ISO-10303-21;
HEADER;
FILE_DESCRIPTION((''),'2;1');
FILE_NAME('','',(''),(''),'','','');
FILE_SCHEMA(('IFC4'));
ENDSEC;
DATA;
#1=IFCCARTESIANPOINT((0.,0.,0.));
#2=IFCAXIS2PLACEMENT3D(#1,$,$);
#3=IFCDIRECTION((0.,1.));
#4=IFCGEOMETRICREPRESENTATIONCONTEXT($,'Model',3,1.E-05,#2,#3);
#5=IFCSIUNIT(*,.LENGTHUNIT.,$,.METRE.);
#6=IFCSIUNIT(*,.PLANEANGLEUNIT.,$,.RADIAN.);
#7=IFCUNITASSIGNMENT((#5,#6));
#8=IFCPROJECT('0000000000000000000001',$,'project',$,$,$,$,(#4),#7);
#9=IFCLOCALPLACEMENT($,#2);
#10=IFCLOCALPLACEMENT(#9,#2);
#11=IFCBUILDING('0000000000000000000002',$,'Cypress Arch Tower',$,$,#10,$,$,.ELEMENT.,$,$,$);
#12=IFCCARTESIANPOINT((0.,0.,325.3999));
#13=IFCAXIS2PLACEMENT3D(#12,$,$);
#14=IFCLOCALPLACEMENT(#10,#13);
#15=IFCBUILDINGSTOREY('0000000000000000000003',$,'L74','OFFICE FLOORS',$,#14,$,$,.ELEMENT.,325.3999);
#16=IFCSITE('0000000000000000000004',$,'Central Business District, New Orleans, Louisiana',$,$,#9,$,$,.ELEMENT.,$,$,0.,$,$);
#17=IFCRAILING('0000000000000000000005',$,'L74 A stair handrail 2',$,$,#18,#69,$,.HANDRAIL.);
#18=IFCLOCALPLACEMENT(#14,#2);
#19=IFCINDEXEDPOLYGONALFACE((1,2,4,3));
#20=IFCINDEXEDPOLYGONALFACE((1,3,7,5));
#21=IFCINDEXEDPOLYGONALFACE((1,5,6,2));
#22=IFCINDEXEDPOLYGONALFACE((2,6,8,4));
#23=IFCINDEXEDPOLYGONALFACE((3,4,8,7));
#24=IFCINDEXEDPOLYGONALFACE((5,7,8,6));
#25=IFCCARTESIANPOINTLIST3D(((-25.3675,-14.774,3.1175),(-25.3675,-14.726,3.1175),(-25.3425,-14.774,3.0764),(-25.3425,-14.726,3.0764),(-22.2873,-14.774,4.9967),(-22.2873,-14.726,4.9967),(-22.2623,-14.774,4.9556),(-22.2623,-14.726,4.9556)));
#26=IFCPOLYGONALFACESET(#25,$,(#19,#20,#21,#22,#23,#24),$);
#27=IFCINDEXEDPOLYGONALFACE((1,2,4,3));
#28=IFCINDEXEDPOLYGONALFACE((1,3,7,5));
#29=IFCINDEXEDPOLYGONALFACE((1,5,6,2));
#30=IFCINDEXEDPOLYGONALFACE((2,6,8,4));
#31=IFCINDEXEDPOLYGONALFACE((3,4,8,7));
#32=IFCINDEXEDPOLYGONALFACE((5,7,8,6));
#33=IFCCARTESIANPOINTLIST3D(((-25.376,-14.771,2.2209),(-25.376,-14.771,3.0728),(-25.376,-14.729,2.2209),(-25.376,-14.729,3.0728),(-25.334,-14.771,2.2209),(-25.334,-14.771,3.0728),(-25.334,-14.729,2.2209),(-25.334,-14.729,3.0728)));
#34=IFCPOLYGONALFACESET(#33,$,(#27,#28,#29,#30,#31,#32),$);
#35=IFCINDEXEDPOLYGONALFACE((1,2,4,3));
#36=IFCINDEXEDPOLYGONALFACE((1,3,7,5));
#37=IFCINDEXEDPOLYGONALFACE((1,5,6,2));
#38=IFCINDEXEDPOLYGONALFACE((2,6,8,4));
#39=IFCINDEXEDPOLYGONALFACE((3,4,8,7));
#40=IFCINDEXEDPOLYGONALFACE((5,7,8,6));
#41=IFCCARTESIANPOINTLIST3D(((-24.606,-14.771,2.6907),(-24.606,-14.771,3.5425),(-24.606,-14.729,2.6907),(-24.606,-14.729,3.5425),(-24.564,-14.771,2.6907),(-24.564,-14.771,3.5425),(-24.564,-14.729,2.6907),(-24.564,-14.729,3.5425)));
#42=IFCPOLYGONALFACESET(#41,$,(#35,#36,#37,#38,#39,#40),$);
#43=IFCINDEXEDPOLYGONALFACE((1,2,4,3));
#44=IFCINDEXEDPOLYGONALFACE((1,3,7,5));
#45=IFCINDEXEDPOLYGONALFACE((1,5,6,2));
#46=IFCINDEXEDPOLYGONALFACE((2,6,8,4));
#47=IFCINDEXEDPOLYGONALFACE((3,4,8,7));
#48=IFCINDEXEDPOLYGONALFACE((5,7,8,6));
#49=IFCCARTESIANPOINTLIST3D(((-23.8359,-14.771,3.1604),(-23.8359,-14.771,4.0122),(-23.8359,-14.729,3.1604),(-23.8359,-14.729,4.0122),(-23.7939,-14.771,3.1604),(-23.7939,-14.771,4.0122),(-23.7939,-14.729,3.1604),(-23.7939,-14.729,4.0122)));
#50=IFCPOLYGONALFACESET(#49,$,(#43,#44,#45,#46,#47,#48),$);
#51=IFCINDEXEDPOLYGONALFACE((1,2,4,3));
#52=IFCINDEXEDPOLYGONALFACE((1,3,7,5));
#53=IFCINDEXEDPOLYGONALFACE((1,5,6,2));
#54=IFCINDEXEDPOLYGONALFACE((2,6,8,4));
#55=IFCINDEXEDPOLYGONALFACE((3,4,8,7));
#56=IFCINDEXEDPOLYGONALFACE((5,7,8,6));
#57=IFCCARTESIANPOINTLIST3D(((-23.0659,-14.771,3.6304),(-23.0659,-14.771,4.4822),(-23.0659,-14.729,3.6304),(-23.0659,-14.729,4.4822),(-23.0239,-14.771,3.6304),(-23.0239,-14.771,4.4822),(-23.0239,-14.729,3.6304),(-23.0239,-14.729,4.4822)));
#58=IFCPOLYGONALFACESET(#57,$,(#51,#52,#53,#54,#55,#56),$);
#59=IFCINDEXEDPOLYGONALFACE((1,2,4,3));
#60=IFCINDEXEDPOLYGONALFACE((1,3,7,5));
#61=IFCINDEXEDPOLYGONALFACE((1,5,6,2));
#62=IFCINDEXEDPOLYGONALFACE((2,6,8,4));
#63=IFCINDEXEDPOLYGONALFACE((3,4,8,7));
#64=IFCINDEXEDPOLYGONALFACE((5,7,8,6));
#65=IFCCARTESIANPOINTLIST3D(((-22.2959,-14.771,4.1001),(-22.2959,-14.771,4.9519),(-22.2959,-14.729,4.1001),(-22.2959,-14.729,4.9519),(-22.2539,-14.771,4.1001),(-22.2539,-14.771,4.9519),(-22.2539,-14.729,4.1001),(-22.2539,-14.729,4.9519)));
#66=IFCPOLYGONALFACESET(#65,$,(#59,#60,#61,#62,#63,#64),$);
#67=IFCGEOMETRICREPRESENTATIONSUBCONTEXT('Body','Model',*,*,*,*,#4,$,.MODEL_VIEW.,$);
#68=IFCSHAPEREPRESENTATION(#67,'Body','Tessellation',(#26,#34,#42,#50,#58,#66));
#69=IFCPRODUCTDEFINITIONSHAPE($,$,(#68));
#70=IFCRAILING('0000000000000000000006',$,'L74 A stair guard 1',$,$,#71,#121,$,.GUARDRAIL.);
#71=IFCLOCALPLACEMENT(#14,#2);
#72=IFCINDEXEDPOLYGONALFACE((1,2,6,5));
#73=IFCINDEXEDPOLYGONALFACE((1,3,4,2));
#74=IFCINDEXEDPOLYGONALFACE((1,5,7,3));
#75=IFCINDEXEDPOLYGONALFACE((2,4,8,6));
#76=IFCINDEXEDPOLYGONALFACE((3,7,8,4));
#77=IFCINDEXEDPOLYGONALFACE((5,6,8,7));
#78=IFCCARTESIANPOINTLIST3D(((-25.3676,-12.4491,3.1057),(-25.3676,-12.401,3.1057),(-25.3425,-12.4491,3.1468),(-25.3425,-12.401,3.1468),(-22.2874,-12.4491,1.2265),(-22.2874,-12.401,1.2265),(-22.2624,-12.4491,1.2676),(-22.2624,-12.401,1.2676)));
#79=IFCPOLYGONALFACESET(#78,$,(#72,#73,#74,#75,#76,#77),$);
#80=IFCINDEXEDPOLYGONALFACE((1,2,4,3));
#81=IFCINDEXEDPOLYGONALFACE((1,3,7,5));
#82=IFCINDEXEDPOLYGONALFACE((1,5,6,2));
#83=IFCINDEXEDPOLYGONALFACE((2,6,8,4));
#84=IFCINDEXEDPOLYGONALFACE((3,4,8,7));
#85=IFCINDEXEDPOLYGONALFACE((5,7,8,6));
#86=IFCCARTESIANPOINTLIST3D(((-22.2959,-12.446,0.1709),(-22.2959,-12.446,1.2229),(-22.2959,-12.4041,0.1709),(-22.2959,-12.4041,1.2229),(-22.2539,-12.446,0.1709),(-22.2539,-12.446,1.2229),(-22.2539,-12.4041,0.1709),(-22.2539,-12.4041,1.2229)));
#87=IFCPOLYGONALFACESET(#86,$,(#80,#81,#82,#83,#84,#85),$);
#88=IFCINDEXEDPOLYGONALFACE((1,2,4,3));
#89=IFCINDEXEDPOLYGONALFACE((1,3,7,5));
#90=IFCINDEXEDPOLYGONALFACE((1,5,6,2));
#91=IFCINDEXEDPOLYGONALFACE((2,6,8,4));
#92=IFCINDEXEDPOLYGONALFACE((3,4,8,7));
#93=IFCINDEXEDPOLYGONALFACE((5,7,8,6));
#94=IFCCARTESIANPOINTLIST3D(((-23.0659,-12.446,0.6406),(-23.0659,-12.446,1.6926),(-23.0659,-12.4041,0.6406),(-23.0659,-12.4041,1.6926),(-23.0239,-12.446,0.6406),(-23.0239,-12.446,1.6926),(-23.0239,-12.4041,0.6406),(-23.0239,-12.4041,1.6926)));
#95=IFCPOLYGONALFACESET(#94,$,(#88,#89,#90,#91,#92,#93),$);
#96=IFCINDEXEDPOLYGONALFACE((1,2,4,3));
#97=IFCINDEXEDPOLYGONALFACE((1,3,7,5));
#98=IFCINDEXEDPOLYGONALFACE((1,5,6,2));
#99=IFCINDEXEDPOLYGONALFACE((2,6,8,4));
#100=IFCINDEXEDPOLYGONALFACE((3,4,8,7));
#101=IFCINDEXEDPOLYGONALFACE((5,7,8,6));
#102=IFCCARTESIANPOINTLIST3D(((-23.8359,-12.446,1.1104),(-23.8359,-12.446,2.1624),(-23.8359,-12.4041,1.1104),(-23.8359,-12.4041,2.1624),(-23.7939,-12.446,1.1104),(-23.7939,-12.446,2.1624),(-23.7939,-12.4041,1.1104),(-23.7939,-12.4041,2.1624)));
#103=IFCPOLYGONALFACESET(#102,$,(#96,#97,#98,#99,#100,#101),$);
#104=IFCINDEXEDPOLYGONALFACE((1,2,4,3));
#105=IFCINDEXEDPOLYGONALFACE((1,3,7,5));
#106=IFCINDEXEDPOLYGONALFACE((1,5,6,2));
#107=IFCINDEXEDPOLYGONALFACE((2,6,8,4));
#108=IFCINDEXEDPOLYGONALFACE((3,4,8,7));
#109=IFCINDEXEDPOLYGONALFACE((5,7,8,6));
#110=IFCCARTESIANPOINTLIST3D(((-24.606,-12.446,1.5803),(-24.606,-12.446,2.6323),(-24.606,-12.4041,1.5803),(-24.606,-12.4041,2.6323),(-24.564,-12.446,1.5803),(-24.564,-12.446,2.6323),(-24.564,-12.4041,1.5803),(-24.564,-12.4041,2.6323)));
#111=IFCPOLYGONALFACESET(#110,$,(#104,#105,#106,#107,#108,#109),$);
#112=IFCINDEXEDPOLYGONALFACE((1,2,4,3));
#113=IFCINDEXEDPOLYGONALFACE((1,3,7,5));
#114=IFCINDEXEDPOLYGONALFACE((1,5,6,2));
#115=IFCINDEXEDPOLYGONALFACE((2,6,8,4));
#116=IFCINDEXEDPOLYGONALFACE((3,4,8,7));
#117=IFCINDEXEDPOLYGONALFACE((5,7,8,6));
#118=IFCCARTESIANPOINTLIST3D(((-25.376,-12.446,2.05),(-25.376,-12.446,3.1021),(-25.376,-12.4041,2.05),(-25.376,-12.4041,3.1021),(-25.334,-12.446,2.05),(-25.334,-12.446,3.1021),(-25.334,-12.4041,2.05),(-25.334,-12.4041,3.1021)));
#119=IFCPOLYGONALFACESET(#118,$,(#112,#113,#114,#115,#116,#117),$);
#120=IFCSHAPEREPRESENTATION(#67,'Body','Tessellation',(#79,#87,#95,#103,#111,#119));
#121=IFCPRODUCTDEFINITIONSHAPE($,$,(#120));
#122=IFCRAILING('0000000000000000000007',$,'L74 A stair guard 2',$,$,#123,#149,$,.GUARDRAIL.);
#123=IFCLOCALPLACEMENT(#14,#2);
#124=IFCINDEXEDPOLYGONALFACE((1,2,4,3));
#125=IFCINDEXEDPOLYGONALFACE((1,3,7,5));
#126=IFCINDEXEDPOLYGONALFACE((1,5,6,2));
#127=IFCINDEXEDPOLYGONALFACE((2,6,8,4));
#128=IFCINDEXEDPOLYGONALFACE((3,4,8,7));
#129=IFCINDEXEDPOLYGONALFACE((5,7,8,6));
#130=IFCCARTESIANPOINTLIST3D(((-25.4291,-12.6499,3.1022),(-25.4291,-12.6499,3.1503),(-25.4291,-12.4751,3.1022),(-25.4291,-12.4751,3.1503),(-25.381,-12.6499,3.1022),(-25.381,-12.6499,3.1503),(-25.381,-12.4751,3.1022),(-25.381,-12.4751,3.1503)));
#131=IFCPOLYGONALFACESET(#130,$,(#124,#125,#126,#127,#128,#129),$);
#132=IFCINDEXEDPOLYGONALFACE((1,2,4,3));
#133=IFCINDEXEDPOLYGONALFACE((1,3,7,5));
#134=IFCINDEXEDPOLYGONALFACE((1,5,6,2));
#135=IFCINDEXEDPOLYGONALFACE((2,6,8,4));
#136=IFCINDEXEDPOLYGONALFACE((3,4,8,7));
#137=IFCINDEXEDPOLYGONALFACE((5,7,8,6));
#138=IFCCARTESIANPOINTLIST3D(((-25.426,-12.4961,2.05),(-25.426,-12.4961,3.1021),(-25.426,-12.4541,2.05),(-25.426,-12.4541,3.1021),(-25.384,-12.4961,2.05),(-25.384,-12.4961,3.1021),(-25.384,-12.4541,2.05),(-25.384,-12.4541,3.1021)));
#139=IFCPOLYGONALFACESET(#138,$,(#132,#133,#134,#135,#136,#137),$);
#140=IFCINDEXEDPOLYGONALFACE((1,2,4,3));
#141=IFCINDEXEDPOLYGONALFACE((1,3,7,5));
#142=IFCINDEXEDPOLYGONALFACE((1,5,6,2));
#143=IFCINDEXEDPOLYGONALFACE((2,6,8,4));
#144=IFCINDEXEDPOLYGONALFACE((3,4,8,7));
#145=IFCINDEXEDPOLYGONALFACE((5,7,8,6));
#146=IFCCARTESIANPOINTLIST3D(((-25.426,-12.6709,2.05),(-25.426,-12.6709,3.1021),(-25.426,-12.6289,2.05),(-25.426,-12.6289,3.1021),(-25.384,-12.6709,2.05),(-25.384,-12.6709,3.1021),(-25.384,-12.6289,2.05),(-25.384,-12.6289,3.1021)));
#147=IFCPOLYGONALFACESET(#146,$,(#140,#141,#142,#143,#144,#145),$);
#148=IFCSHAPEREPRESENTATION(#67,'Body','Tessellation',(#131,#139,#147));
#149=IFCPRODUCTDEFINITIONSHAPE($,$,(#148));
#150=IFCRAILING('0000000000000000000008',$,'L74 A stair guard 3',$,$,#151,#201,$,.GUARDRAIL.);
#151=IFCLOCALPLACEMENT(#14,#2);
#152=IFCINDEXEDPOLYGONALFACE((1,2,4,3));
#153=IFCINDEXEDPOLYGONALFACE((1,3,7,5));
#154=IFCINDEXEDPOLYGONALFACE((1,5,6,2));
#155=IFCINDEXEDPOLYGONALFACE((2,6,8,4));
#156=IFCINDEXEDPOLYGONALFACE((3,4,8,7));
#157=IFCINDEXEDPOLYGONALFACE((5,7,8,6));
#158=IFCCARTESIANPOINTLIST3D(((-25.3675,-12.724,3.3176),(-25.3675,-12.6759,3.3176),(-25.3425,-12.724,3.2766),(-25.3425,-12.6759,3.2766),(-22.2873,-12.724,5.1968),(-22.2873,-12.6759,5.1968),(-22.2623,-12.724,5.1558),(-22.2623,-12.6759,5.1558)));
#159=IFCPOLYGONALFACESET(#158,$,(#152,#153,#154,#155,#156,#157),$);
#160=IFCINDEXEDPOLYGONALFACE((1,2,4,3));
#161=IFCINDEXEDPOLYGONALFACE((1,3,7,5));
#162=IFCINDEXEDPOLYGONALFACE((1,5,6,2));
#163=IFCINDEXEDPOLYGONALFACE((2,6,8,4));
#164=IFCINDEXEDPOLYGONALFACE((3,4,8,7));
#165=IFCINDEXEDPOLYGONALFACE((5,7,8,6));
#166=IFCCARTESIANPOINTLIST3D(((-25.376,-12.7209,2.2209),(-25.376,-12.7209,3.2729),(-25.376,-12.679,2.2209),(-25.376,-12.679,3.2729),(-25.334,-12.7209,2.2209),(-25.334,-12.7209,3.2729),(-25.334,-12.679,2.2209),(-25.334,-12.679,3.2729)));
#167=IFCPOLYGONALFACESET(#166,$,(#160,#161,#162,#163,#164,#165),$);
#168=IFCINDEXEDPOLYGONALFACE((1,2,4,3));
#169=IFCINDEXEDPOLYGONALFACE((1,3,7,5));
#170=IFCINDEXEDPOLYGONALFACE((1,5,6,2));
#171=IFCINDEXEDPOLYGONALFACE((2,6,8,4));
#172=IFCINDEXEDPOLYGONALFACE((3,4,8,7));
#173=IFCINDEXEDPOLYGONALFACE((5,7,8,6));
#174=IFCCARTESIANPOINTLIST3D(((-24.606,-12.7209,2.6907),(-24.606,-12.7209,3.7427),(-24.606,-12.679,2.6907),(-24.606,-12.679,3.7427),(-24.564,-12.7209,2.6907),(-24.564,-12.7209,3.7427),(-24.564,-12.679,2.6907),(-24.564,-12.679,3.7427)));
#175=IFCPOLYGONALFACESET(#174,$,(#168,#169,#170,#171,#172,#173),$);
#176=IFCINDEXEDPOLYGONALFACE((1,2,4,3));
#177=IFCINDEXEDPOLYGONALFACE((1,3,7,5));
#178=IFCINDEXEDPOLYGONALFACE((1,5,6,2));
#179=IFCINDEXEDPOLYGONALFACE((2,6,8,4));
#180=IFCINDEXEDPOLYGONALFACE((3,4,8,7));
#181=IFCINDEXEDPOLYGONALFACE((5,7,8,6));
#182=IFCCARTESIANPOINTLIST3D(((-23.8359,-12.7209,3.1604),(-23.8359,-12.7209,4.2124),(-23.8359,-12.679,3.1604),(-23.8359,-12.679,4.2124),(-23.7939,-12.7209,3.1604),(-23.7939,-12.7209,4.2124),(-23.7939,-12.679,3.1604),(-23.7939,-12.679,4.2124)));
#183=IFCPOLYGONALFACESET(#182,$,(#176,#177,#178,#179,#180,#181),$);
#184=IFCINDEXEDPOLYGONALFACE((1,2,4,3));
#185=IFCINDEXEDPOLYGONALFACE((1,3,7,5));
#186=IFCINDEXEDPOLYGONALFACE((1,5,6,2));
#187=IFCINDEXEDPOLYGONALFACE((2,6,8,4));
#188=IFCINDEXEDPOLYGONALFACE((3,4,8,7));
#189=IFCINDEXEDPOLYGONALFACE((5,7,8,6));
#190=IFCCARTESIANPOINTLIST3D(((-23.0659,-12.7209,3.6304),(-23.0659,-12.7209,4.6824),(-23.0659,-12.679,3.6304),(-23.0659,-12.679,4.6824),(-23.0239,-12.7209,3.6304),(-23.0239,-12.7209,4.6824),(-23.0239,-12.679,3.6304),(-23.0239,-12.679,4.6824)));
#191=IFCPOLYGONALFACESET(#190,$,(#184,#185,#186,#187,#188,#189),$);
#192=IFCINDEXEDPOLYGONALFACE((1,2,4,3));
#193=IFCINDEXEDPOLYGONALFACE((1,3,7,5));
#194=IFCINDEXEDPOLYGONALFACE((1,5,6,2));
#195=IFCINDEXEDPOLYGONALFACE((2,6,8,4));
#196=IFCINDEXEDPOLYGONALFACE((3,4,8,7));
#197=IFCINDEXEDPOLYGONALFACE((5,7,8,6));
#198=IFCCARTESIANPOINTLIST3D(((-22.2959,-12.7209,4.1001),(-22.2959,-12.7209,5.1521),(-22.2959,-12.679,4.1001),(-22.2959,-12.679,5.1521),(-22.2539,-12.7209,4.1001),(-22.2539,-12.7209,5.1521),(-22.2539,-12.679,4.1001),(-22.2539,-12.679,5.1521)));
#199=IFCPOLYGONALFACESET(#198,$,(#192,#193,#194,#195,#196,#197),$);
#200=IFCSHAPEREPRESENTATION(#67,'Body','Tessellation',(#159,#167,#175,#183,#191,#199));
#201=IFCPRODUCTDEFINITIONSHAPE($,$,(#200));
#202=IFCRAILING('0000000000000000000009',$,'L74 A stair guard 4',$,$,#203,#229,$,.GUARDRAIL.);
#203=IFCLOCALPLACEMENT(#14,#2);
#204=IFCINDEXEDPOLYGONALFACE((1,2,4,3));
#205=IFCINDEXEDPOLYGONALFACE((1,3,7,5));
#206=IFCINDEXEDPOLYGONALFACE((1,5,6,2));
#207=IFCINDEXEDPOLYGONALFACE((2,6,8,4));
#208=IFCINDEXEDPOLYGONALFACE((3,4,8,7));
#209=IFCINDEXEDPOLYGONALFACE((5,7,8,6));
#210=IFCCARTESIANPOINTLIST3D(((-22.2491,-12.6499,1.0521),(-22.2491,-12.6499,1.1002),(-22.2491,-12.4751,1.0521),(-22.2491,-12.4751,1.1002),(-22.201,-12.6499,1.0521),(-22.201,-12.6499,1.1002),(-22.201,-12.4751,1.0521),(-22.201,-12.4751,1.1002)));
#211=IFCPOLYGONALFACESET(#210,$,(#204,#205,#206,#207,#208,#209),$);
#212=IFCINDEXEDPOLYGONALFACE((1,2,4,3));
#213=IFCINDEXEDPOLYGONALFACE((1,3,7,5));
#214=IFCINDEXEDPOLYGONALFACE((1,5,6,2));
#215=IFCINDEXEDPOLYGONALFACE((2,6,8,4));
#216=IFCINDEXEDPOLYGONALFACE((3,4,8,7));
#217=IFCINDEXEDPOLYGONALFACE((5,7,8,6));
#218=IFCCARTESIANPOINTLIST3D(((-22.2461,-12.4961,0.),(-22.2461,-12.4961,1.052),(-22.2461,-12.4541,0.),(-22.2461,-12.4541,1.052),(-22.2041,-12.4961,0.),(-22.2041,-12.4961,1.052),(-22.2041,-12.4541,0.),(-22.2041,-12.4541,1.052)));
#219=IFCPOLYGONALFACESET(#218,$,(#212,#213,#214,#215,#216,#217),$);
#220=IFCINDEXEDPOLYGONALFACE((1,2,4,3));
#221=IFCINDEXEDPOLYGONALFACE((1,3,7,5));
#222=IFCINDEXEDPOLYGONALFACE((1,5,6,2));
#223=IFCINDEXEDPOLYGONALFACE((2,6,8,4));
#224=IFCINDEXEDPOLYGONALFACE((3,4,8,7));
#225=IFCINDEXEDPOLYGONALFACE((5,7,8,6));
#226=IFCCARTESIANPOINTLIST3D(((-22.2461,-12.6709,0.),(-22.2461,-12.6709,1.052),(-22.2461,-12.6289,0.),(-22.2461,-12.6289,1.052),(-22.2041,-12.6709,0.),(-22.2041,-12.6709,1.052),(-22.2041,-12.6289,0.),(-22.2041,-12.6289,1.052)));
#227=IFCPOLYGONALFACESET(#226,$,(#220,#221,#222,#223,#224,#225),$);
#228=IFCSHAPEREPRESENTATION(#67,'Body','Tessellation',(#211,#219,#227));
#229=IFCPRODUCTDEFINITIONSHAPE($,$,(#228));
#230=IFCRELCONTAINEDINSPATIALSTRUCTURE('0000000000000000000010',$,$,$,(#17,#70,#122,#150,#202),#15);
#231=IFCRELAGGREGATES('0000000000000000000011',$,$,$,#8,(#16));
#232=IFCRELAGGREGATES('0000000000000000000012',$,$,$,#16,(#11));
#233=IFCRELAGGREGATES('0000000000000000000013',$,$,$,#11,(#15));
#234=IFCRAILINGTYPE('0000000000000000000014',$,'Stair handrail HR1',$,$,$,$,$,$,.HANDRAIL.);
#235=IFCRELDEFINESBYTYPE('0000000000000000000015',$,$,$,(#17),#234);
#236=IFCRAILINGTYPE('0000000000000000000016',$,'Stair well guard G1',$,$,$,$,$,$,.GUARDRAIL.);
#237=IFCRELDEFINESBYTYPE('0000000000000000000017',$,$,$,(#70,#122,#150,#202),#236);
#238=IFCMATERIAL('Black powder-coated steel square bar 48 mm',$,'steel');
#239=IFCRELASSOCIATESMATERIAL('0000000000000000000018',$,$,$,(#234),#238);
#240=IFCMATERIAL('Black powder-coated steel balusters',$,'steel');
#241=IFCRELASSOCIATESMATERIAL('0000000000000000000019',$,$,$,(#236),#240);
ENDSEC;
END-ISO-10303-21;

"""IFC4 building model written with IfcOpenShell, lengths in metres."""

from ifc_helpers import new_model, si_unit, direction, frame, origin, origin_2d, place, context, subcontext, project, spatial, rectangle, extrude, material, type_object, element, save


model = new_model("IFC4")

# Units and contexts
model_context = context("Model", 3, precision=1e-05, world=origin(), true_north=direction((0.0, 1.0)))
body_context = subcontext(model_context, "Body", "Model", "MODEL_VIEW")
ifc_project = project(units=[si_unit("LENGTHUNIT", "METRE"), si_unit("PLANEANGLEUNIT", "RADIAN")], contexts=[model_context])

# Site, building, storey
site_placement = place(None, origin())
site = spatial("IfcSite", under=ifc_project, at=site_placement, Name="Central Business District, New Orleans, Louisiana", CompositionType="ELEMENT", RefElevation=0.0)
building_placement = place(site_placement, origin())
building = spatial("IfcBuilding", under=site, at=building_placement, Name="Cypress Arch Tower", CompositionType="ELEMENT")
storey_placement = place(building_placement, frame((0.0, 0.0, 325.3999)))
storey = spatial("IfcBuildingStorey", under=building, at=storey_placement, Name="L74", Description="OFFICE FLOORS", CompositionType="ELEMENT", Elevation=325.3999)

# Railings
ifc_material_1 = material(Name="Black powder-coated steel square bar 48 mm", Category="steel")
railing_type_1 = type_object("IfcRailingType", Name="Stair handrail HR1", PredefinedType="HANDRAIL", material=ifc_material_1)
railing_1_placement = place(storey_placement, frame((-25.355, -14.75, 2.2209)))
element("IfcRailing", 1, at=railing_1_placement, inside=storey, type_object=railing_type_1, Name="L74 A stair handrail 2", PredefinedType="HANDRAIL", context=body_context, shape_type="SweptSolid", body=[
    extrude(rectangle(XDim=0.0481, YDim=0.0481, at=origin_2d()), frame((0.0, 0.0, 0.876), z_axis=(0.853666, 0.0, 0.52082), x_axis=(0.0, 1.0, 0.0)), (0.0, 0.0, 1.0), 3.6082),
    extrude(rectangle(XDim=0.042, YDim=0.042, at=origin_2d()), origin(), (0.0, 0.0, 1.0), 0.8518),
    extrude(rectangle(XDim=0.042, YDim=0.042, at=origin_2d()), frame((0.77, 0.0, 0.4697)), (0.0, 0.0, 1.0), 0.8518),
    extrude(rectangle(XDim=0.042, YDim=0.042, at=origin_2d()), frame((1.54, 0.0, 0.9395)), (0.0, 0.0, 1.0), 0.8518),
    extrude(rectangle(XDim=0.042, YDim=0.042, at=origin_2d()), frame((2.3101, 0.0, 1.4094)), (0.0, 0.0, 1.0), 0.8518),
    extrude(rectangle(XDim=0.042, YDim=0.042, at=origin_2d()), frame((3.0801, 0.0, 1.8792)), (0.0, 0.0, 1.0), 0.8518),
])
ifc_material_2 = material(Name="Black powder-coated steel balusters", Category="steel")
railing_type_2 = type_object("IfcRailingType", Name="Stair well guard G1", PredefinedType="GUARDRAIL", material=ifc_material_2)
railing_2_placement = place(storey_placement, frame((-22.2749, -12.425, 0.1709)))
element("IfcRailing", 2, at=railing_2_placement, inside=storey, type_object=railing_type_2, Name="L74 A stair guard 1", PredefinedType="GUARDRAIL", context=body_context, shape_type="SweptSolid", body=[
    extrude(rectangle(XDim=0.0481, YDim=0.0481, at=origin_2d()), frame((0.0, 0.0, 1.0762), z_axis=(-0.853666, 0.0, 0.52082), x_axis=(0.0, -1.0, 0.0)), (0.0, 0.0, 1.0), 3.6082),
    extrude(rectangle(XDim=0.042, YDim=0.042, at=origin_2d()), origin(), (0.0, 0.0, 1.0), 1.052),
    extrude(rectangle(XDim=0.042, YDim=0.042, at=origin_2d()), frame((-0.77, 0.0, 0.4697)), (0.0, 0.0, 1.0), 1.052),
    extrude(rectangle(XDim=0.042, YDim=0.042, at=origin_2d()), frame((-1.54, 0.0, 0.9395)), (0.0, 0.0, 1.0), 1.052),
    extrude(rectangle(XDim=0.042, YDim=0.042, at=origin_2d()), frame((-2.3101, 0.0, 1.4094)), (0.0, 0.0, 1.0), 1.052),
    extrude(rectangle(XDim=0.042, YDim=0.042, at=origin_2d()), frame((-3.0801, 0.0, 1.8792)), (0.0, 0.0, 1.0), 1.052),
])
railing_3_placement = place(storey_placement, frame((-25.405, -12.4751, 2.05)))
element("IfcRailing", 3, at=railing_3_placement, inside=storey, type_object=railing_type_2, Name="L74 A stair guard 2", PredefinedType="GUARDRAIL", context=body_context, shape_type="SweptSolid", body=[
    extrude(rectangle(XDim=0.0481, YDim=0.0481, at=origin_2d()), frame((0.0, 0.0, 1.0762), z_axis=(0.0, -1.0, 0.0), x_axis=(1.0, 0.0, 0.0)), (0.0, 0.0, 1.0), 0.1748),
    extrude(rectangle(XDim=0.042, YDim=0.042, at=origin_2d()), origin(), (0.0, 0.0, 1.0), 1.052),
    extrude(rectangle(XDim=0.042, YDim=0.042, at=origin_2d()), frame((0.0, -0.1748, 0.0)), (0.0, 0.0, 1.0), 1.052),
])
railing_4_placement = place(storey_placement, frame((-25.355, -12.7, 2.2209)))
element("IfcRailing", 4, at=railing_4_placement, inside=storey, type_object=railing_type_2, Name="L74 A stair guard 3", PredefinedType="GUARDRAIL", context=body_context, shape_type="SweptSolid", body=[
    extrude(rectangle(XDim=0.0481, YDim=0.0481, at=origin_2d()), frame((0.0, 0.0, 1.0762), z_axis=(0.853666, 0.0, 0.52082), x_axis=(0.0, 1.0, 0.0)), (0.0, 0.0, 1.0), 3.6082),
    extrude(rectangle(XDim=0.042, YDim=0.042, at=origin_2d()), origin(), (0.0, 0.0, 1.0), 1.052),
    extrude(rectangle(XDim=0.042, YDim=0.042, at=origin_2d()), frame((0.77, 0.0, 0.4697)), (0.0, 0.0, 1.0), 1.052),
    extrude(rectangle(XDim=0.042, YDim=0.042, at=origin_2d()), frame((1.54, 0.0, 0.9395)), (0.0, 0.0, 1.0), 1.052),
    extrude(rectangle(XDim=0.042, YDim=0.042, at=origin_2d()), frame((2.3101, 0.0, 1.4094)), (0.0, 0.0, 1.0), 1.052),
    extrude(rectangle(XDim=0.042, YDim=0.042, at=origin_2d()), frame((3.0801, 0.0, 1.8792)), (0.0, 0.0, 1.0), 1.052),
])
railing_5_placement = place(storey_placement, frame((-22.2251, -12.4751, 0.0)))
element("IfcRailing", 5, at=railing_5_placement, inside=storey, type_object=railing_type_2, Name="L74 A stair guard 4", PredefinedType="GUARDRAIL", context=body_context, shape_type="SweptSolid", body=[
    extrude(rectangle(XDim=0.0481, YDim=0.0481, at=origin_2d()), frame((0.0, 0.0, 1.0762), z_axis=(0.0, -1.0, 0.0), x_axis=(1.0, 0.0, 0.0)), (0.0, 0.0, 1.0), 0.1748),
    extrude(rectangle(XDim=0.042, YDim=0.042, at=origin_2d()), origin(), (0.0, 0.0, 1.0), 1.052),
    extrude(rectangle(XDim=0.042, YDim=0.042, at=origin_2d()), frame((0.0, -0.1748, 0.0)), (0.0, 0.0, 1.0), 1.052),
])

save(model, "model.ifc")
